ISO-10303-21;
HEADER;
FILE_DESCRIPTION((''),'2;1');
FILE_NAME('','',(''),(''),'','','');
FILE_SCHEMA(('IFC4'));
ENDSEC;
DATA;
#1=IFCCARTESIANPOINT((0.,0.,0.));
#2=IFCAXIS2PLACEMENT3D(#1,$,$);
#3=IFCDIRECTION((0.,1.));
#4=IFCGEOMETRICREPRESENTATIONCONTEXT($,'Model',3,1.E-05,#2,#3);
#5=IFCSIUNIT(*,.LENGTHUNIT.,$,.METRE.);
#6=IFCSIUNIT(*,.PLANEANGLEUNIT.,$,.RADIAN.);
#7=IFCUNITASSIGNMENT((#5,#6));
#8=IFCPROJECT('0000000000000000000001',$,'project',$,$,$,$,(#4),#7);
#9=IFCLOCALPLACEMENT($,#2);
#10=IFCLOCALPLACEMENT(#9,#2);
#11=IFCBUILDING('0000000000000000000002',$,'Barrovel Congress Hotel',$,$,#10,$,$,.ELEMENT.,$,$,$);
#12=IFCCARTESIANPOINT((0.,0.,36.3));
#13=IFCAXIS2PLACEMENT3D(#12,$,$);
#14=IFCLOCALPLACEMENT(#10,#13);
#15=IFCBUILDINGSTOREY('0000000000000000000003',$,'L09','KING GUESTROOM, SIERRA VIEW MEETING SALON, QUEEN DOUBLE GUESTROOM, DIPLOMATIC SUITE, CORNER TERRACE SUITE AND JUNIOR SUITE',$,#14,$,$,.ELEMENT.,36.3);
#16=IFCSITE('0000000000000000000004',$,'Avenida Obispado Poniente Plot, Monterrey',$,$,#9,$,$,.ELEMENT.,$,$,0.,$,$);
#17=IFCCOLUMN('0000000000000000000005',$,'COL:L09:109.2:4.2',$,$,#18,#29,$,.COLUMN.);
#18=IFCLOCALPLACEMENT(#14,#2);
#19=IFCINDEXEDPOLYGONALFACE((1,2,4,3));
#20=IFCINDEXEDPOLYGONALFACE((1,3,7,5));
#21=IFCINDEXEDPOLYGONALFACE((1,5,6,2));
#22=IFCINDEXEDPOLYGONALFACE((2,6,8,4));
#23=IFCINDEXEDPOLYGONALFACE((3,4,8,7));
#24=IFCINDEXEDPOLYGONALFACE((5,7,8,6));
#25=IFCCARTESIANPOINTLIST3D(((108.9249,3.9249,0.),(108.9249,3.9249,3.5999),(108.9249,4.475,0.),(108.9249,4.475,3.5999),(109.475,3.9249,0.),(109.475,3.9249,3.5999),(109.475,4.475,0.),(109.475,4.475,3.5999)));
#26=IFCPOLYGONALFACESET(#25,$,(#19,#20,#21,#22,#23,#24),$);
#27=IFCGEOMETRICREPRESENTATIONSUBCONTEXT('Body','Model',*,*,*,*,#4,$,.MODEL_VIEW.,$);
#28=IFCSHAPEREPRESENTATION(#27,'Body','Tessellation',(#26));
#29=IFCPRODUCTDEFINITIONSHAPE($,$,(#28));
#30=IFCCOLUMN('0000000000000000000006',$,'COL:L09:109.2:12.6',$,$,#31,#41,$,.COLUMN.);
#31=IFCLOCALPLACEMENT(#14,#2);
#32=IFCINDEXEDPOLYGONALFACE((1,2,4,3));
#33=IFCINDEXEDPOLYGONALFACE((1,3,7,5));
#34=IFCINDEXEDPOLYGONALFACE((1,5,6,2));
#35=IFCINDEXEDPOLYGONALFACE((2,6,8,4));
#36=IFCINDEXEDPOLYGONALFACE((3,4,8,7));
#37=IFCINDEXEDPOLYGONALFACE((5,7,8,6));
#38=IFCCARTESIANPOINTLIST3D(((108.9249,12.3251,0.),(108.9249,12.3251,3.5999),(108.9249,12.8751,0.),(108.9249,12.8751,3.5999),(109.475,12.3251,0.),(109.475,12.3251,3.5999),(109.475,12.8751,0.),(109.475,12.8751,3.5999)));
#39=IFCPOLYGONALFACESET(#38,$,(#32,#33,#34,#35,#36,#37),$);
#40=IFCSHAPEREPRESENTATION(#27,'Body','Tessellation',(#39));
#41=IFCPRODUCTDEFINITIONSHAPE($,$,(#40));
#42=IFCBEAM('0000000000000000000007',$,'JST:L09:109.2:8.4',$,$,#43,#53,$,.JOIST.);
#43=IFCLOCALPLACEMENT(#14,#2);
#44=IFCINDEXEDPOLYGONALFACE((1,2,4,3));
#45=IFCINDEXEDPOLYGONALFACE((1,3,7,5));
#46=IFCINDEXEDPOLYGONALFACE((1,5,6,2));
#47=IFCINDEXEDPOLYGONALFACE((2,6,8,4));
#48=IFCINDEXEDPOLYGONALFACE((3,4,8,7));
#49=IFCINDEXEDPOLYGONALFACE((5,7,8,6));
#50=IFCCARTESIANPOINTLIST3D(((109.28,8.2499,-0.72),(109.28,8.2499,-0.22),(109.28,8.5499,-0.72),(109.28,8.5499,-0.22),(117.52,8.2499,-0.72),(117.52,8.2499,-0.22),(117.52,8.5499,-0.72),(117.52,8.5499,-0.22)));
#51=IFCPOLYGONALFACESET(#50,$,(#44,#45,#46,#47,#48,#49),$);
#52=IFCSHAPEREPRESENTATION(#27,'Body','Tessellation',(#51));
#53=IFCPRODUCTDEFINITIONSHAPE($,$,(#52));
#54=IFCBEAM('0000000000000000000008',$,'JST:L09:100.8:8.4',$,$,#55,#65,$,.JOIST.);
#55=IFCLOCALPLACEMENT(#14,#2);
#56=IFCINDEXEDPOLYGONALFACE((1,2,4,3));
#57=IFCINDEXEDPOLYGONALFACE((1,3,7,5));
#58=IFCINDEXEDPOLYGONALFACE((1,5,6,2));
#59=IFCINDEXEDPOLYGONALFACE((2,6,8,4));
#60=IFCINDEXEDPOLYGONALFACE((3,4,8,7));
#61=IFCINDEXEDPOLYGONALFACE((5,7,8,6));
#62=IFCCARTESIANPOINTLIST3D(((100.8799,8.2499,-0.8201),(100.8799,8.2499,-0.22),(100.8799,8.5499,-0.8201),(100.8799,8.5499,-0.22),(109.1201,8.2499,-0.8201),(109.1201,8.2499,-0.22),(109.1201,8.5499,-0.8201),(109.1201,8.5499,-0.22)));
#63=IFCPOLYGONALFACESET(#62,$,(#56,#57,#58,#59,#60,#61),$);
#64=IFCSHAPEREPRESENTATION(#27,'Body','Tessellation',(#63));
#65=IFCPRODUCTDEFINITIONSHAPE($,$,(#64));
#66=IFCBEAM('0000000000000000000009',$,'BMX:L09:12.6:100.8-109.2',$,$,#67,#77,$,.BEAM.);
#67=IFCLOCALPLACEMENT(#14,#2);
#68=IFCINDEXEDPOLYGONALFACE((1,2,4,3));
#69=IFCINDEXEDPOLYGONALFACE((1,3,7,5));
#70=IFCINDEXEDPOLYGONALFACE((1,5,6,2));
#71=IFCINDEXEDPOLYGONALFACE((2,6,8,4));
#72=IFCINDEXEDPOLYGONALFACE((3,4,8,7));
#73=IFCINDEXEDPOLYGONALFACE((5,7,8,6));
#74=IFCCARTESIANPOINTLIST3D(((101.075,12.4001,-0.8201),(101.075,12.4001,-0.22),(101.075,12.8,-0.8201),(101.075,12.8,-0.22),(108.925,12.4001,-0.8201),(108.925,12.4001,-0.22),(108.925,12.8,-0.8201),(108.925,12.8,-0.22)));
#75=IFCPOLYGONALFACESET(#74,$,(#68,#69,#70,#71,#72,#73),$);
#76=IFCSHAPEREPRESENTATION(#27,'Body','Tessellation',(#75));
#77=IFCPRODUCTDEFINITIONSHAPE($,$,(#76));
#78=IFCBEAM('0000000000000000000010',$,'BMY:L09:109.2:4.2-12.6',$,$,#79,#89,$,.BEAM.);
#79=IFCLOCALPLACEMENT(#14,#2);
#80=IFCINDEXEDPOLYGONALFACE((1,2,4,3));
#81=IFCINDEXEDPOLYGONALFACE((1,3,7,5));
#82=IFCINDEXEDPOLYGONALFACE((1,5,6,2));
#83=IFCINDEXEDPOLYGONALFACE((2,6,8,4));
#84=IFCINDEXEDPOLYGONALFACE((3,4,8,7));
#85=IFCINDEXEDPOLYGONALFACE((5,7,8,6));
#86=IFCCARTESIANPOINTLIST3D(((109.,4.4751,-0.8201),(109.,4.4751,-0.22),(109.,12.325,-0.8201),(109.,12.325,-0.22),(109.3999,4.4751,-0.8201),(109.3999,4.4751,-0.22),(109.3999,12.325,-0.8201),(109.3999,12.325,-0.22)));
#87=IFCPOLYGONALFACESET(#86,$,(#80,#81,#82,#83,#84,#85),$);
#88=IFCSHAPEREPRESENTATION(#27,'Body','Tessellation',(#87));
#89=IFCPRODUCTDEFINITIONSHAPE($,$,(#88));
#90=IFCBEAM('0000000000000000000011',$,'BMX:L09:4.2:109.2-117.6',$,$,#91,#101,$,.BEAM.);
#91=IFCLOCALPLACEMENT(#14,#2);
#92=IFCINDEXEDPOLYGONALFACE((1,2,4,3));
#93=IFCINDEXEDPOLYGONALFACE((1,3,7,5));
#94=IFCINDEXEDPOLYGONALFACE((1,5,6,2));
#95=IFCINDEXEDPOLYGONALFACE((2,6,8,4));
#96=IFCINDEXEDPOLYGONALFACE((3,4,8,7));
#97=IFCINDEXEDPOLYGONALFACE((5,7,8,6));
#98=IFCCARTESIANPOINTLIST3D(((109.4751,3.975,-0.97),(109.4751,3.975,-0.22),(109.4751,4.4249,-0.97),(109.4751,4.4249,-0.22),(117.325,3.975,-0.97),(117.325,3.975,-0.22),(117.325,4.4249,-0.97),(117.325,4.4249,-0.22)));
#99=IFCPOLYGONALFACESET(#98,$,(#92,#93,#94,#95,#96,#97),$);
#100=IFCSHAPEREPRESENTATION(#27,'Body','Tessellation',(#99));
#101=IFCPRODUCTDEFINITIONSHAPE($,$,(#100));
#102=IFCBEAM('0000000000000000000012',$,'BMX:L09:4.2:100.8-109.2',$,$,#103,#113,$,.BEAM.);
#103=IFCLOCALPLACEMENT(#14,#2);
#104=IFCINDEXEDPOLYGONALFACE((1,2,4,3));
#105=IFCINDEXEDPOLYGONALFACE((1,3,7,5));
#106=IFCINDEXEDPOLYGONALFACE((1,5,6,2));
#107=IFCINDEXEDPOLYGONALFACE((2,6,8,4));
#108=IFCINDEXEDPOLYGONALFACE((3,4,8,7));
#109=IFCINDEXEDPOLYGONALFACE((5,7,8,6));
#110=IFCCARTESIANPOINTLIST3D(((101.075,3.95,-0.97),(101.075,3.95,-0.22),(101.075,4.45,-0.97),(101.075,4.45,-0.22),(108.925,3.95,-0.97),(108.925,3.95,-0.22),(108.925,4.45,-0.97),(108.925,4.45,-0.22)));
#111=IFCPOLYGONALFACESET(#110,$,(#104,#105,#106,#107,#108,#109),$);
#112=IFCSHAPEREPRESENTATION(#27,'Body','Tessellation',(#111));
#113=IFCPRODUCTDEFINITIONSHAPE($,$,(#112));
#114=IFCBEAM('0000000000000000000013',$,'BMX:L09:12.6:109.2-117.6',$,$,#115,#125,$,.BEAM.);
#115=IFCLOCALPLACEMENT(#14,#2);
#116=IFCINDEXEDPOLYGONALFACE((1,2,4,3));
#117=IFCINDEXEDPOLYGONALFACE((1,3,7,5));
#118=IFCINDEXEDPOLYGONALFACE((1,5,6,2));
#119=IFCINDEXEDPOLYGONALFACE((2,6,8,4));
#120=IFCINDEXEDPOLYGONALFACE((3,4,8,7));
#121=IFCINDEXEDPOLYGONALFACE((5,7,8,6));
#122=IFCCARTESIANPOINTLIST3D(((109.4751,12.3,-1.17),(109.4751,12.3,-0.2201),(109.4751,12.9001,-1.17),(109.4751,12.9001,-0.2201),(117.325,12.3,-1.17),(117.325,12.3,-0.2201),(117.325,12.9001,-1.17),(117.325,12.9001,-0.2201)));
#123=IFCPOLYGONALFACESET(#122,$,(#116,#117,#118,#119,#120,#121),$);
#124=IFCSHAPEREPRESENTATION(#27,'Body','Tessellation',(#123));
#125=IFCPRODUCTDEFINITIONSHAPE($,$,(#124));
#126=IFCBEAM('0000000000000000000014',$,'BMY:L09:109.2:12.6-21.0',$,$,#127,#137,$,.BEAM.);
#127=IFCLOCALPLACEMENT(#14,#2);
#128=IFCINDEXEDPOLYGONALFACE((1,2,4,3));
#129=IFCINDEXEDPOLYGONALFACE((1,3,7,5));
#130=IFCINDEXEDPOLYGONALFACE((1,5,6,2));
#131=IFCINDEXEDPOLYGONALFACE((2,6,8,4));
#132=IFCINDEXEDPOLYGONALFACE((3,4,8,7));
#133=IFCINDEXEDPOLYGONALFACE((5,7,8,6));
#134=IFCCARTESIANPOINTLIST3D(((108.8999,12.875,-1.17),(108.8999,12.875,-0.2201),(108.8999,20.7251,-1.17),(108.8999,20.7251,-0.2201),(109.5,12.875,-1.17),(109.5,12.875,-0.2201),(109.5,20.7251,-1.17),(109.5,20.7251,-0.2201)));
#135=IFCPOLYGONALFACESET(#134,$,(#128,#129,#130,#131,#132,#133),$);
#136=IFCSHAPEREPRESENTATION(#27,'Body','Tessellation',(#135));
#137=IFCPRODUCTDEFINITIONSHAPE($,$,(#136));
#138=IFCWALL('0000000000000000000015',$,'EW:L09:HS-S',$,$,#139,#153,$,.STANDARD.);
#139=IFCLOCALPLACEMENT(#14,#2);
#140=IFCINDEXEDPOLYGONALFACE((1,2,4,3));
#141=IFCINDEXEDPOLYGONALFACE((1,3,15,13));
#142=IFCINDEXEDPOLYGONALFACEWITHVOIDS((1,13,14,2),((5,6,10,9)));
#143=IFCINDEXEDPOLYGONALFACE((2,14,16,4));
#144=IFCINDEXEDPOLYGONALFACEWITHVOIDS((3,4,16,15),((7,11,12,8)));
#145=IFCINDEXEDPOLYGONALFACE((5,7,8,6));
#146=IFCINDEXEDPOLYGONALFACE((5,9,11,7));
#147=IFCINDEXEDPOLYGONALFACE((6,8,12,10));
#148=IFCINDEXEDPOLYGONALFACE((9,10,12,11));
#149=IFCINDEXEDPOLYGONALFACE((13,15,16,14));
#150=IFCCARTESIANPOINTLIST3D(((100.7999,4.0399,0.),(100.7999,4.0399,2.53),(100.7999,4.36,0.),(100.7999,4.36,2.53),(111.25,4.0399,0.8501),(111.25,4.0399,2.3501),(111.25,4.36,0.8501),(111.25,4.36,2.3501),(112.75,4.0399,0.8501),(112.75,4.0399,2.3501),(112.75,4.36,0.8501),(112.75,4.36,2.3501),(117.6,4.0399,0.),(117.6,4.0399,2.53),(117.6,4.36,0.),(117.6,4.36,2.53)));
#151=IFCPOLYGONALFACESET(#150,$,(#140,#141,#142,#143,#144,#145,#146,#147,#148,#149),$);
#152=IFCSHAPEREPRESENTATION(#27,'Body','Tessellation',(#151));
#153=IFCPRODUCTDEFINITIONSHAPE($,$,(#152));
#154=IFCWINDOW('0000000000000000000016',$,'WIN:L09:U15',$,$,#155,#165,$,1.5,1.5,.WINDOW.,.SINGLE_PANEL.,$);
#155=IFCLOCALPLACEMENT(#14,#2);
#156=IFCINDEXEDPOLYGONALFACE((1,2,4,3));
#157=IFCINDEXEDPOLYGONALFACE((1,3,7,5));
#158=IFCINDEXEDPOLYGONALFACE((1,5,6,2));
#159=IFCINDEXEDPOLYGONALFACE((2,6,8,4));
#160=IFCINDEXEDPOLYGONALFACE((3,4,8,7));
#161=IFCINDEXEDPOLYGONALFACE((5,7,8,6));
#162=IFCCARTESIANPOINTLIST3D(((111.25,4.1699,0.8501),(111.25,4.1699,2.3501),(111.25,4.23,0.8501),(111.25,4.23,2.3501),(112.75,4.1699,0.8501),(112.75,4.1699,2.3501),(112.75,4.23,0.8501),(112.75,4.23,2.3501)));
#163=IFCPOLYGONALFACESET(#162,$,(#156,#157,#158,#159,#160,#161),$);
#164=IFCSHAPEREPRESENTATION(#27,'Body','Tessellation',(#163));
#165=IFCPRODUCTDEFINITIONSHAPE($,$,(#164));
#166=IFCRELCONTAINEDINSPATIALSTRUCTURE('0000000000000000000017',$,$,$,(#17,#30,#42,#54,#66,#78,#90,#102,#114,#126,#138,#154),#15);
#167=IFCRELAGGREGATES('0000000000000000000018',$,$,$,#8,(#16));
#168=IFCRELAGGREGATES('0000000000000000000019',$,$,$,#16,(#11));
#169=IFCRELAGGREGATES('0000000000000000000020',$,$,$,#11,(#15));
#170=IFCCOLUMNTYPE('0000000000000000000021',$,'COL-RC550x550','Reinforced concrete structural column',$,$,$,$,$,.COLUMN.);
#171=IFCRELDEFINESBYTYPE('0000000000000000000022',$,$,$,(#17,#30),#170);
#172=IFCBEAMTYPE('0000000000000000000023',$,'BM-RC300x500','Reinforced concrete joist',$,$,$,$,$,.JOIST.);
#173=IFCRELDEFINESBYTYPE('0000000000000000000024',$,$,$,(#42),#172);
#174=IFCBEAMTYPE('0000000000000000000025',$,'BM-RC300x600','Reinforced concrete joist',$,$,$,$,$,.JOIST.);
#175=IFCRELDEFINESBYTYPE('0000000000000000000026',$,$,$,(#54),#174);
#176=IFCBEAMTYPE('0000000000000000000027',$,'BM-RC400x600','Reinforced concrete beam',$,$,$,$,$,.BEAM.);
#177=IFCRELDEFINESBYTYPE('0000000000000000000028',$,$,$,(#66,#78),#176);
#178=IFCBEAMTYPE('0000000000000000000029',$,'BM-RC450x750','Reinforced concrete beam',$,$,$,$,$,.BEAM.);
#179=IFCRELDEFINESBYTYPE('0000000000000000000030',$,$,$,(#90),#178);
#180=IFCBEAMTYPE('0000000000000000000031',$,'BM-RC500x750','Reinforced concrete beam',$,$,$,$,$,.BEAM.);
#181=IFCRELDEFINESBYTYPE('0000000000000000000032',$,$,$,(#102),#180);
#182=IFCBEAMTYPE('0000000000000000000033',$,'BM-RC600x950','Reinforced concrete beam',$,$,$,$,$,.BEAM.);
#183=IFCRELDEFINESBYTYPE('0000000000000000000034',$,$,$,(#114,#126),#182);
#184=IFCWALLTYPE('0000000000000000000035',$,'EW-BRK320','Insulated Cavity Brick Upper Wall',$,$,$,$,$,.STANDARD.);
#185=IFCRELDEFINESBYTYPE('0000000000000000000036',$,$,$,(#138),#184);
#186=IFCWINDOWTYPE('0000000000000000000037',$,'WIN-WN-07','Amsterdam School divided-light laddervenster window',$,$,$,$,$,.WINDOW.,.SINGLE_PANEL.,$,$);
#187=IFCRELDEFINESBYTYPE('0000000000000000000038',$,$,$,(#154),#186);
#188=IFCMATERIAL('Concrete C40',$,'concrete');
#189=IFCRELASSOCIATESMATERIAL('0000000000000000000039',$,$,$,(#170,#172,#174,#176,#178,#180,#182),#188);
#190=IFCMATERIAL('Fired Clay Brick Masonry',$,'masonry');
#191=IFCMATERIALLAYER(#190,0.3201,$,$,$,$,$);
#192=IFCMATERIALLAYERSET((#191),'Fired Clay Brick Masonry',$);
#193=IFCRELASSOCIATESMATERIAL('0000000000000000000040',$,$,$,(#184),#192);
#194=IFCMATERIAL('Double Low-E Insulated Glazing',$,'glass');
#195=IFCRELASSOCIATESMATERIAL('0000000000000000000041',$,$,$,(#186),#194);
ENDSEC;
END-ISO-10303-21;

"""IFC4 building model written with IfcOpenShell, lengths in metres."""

from ifc_helpers import new_model, si_unit, direction, frame, frame_2d, origin, origin_2d, place, context, subcontext, project, spatial, rectangle, extrude, material, layer, layer_set, material_profile, profile_set, type_object, element, fill, save


model = new_model("IFC4")

# Units and contexts
model_context = context("Model", 3, precision=1e-05, world=origin(), true_north=direction((0.0, 1.0)))
body_context = subcontext(model_context, "Body", "Model", "MODEL_VIEW")
ifc_project = project(units=[si_unit("LENGTHUNIT", "METRE"), si_unit("PLANEANGLEUNIT", "RADIAN")], contexts=[model_context])

# Site, building, storey
site_placement = place(None, origin())
site = spatial("IfcSite", under=ifc_project, at=site_placement, Name="Avenida Obispado Poniente Plot, Monterrey", CompositionType="ELEMENT", RefElevation=0.0)
building_placement = place(site_placement, origin())
building = spatial("IfcBuilding", under=site, at=building_placement, Name="Barrovel Congress Hotel", CompositionType="ELEMENT")
storey_placement = place(building_placement, frame((0.0, 0.0, 36.3)))
storey = spatial("IfcBuildingStorey", under=building, at=storey_placement, Name="L09", Description="KING GUESTROOM, SIERRA VIEW MEETING SALON, QUEEN DOUBLE GUESTROOM, DIPLOMATIC SUITE, CORNER TERRACE SUITE AND JUNIOR SUITE", CompositionType="ELEMENT", Elevation=36.3)

# Columns
ifc_material_1 = material(Name="Concrete C40", Category="concrete")
ifc_material_profile_1 = material_profile(ifc_material_1, rectangle(XDim=0.55, YDim=0.55, at=origin_2d()), Name="RC550x550")
ifc_profile_set_1 = profile_set([ifc_material_profile_1], Name="Concrete C40")
column_type = type_object("IfcColumnType", Name="COL-RC550x550", Description="Reinforced concrete structural column", PredefinedType="COLUMN", material=ifc_profile_set_1)
for number, where, z_axis, x_axis, name in (
    (1, (109.2, 4.2, 0.0), (0.0, 0.0, 1.0), (1.0, 0.0, 0.0), "COL:L09:109.2:4.2"),
    (2, (109.2, 12.6001, 0.0), (0.0, 0.0, 1.0), (1.0, 0.0, 0.0), "COL:L09:109.2:12.6"),
):
    element("IfcColumn", number, at=place(storey_placement, frame(where, z_axis=z_axis, x_axis=x_axis)), inside=storey, type_object=column_type, Name=name, PredefinedType="COLUMN", context=body_context, shape_type="SweptSolid", body=[
        extrude(rectangle(XDim=0.55, YDim=0.55, at=origin_2d()), origin(), (0.0, 0.0, 1.0), 3.5999),
    ])

# Beams
ifc_material_profile_2 = material_profile(ifc_material_1, rectangle(XDim=0.3, YDim=0.5, at=origin_2d()), Name="RC300x500")
ifc_profile_set_2 = profile_set([ifc_material_profile_2], Name="Concrete C40")
beam_type_1 = type_object("IfcBeamType", Name="BM-RC300x500", Description="Reinforced concrete joist", PredefinedType="JOIST", material=ifc_profile_set_2)
beam_1_placement = place(storey_placement, frame((109.28, 8.3999, -0.47), z_axis=(1.0, 0.0, 0.0), x_axis=(0.0, 1.0, 0.0)))
element("IfcBeam", 3, at=beam_1_placement, inside=storey, type_object=beam_type_1, Name="JST:L09:109.2:8.4", PredefinedType="JOIST", context=body_context, shape_type="SweptSolid", body=[
    extrude(rectangle(XDim=0.3, YDim=0.5, at=origin_2d()), origin(), (0.0, 0.0, 1.0), 8.24),
])
ifc_material_profile_3 = material_profile(ifc_material_1, rectangle(XDim=0.3, YDim=0.6001, at=origin_2d()), Name="RC300x600")
ifc_profile_set_3 = profile_set([ifc_material_profile_3], Name="Concrete C40")
beam_type_2 = type_object("IfcBeamType", Name="BM-RC300x600", Description="Reinforced concrete joist", PredefinedType="JOIST", material=ifc_profile_set_3)
beam_2_placement = place(storey_placement, frame((100.8799, 8.3999, -0.52), z_axis=(1.0, 0.0, 0.0), x_axis=(0.0, 1.0, 0.0)))
element("IfcBeam", 4, at=beam_2_placement, inside=storey, type_object=beam_type_2, Name="JST:L09:100.8:8.4", PredefinedType="JOIST", context=body_context, shape_type="SweptSolid", body=[
    extrude(rectangle(XDim=0.3, YDim=0.6001, at=origin_2d()), origin(), (0.0, 0.0, 1.0), 8.2402),
])
ifc_material_profile_4 = material_profile(ifc_material_1, rectangle(XDim=0.3999, YDim=0.6001, at=origin_2d()), Name="RC400x600")
ifc_profile_set_4 = profile_set([ifc_material_profile_4], Name="Concrete C40")
beam_type_3 = type_object("IfcBeamType", Name="BM-RC400x600", Description="Reinforced concrete beam", PredefinedType="BEAM", material=ifc_profile_set_4)
beam_3_placement = place(storey_placement, frame((101.075, 12.6001, -0.52), z_axis=(1.0, 0.0, 0.0), x_axis=(0.0, 1.0, 0.0)))
element("IfcBeam", 5, at=beam_3_placement, inside=storey, type_object=beam_type_3, Name="BMX:L09:12.6:100.8-109.2", PredefinedType="BEAM", context=body_context, shape_type="SweptSolid", body=[
    extrude(rectangle(XDim=0.3999, YDim=0.6001, at=origin_2d()), origin(), (0.0, 0.0, 1.0), 7.8501),
])
beam_4_placement = place(storey_placement, frame((109.2, 4.4751, -0.52), z_axis=(0.0, 1.0, 0.0), x_axis=(-1.0, 0.0, 0.0)))
element("IfcBeam", 6, at=beam_4_placement, inside=storey, type_object=beam_type_3, Name="BMY:L09:109.2:4.2-12.6", PredefinedType="BEAM", context=body_context, shape_type="SweptSolid", body=[
    extrude(rectangle(XDim=0.3999, YDim=0.6001, at=origin_2d()), origin(), (0.0, 0.0, 1.0), 7.8499),
])
ifc_material_profile_5 = material_profile(ifc_material_1, rectangle(XDim=0.45, YDim=0.75, at=origin_2d()), Name="RC450x750")
ifc_profile_set_5 = profile_set([ifc_material_profile_5], Name="Concrete C40")
beam_type_4 = type_object("IfcBeamType", Name="BM-RC450x750", Description="Reinforced concrete beam", PredefinedType="BEAM", material=ifc_profile_set_5)
beam_5_placement = place(storey_placement, frame((109.4751, 4.2, -0.595), z_axis=(1.0, 0.0, 0.0), x_axis=(0.0, 1.0, 0.0)))
element("IfcBeam", 7, at=beam_5_placement, inside=storey, type_object=beam_type_4, Name="BMX:L09:4.2:109.2-117.6", PredefinedType="BEAM", context=body_context, shape_type="SweptSolid", body=[
    extrude(rectangle(XDim=0.45, YDim=0.75, at=origin_2d()), origin(), (0.0, 0.0, 1.0), 7.8499),
])
ifc_material_profile_6 = material_profile(ifc_material_1, rectangle(XDim=0.5, YDim=0.75, at=origin_2d()), Name="RC500x750")
ifc_profile_set_6 = profile_set([ifc_material_profile_6], Name="Concrete C40")
beam_type_5 = type_object("IfcBeamType", Name="BM-RC500x750", Description="Reinforced concrete beam", PredefinedType="BEAM", material=ifc_profile_set_6)
beam_6_placement = place(storey_placement, frame((101.075, 4.2, -0.595), z_axis=(1.0, 0.0, 0.0), x_axis=(0.0, 1.0, 0.0)))
element("IfcBeam", 8, at=beam_6_placement, inside=storey, type_object=beam_type_5, Name="BMX:L09:4.2:100.8-109.2", PredefinedType="BEAM", context=body_context, shape_type="SweptSolid", body=[
    extrude(rectangle(XDim=0.5, YDim=0.75, at=origin_2d()), origin(), (0.0, 0.0, 1.0), 7.8501),
])
ifc_material_profile_7 = material_profile(ifc_material_1, rectangle(XDim=0.6001, YDim=0.95, at=origin_2d()), Name="RC600x950")
ifc_profile_set_7 = profile_set([ifc_material_profile_7], Name="Concrete C40")
beam_type_6 = type_object("IfcBeamType", Name="BM-RC600x950", Description="Reinforced concrete beam", PredefinedType="BEAM", material=ifc_profile_set_7)
beam_7_placement = place(storey_placement, frame((109.4751, 12.6001, -0.6951), z_axis=(1.0, 0.0, 0.0), x_axis=(0.0, 1.0, 0.0)))
element("IfcBeam", 9, at=beam_7_placement, inside=storey, type_object=beam_type_6, Name="BMX:L09:12.6:109.2-117.6", PredefinedType="BEAM", context=body_context, shape_type="SweptSolid", body=[
    extrude(rectangle(XDim=0.6001, YDim=0.95, at=origin_2d()), origin(), (0.0, 0.0, 1.0), 7.8499),
])
beam_8_placement = place(storey_placement, frame((109.2, 12.875, -0.6951), z_axis=(0.0, 1.0, 0.0), x_axis=(-1.0, 0.0, 0.0)))
element("IfcBeam", 10, at=beam_8_placement, inside=storey, type_object=beam_type_6, Name="BMY:L09:109.2:12.6-21.0", PredefinedType="BEAM", context=body_context, shape_type="SweptSolid", body=[
    extrude(rectangle(XDim=0.6001, YDim=0.95, at=origin_2d()), origin(), (0.0, 0.0, 1.0), 7.8501),
])

# Wall, opening, window
ifc_material_2 = material(Name="Fired Clay Brick Masonry", Category="masonry")
ifc_layer_1 = layer(ifc_material_2, 0.3201)
ifc_layer_set_1 = layer_set([ifc_layer_1], Name="Fired Clay Brick Masonry")
wall_type_1 = type_object("IfcWallType", Name="EW-BRK320", Description="Insulated Cavity Brick Upper Wall", PredefinedType="STANDARD", material=ifc_layer_set_1)
wall_1_placement = place(storey_placement, frame((100.8, 4.2, 0.0), z_axis=(0.0, 0.0, 1.0), x_axis=(1.0, 0.0, 0.0)))
wall_1 = element("IfcWall", 11, at=wall_1_placement, inside=storey, type_object=wall_type_1, Name="EW:L09:HS-S", PredefinedType="STANDARD", context=body_context, shape_type="SweptSolid", body=[
    extrude(rectangle(XDim=16.8, YDim=0.3201, at=frame_2d((8.3999, 0.0))), origin(), (0.0, 0.0, 1.0), 2.53),
])
opening_1_placement = place(wall_1_placement, frame((10.45, 0.0, 0.8501)))
opening_1 = element("IfcOpeningElement", 12, at=opening_1_placement, cuts=wall_1, PredefinedType="OPENING", context=body_context, shape_type="SweptSolid", body=[
    extrude(rectangle(XDim=1.5, YDim=1.5, at=frame_2d((0.75, 0.75))), frame((0.0, 0.1699, 0.0), z_axis=(0.0, -1.0, 0.0), x_axis=(1.0, 0.0, 0.0)), (0.0, 0.0, 1.0), 0.3401),
])
ifc_material_3 = material(Name="Double Low-E Insulated Glazing", Category="glass")
window_type = type_object("IfcWindowType", Name="WIN-WN-07", Description="Amsterdam School divided-light laddervenster window", PartitioningType="SINGLE_PANEL", PredefinedType="WINDOW", material=ifc_material_3)
window_placement = place(opening_1_placement, origin())
window = element("IfcWindow", 13, at=window_placement, inside=storey, type_object=window_type, Name="WIN:L09:U15", OverallHeight=1.5, OverallWidth=1.5, PartitioningType="SINGLE_PANEL", PredefinedType="WINDOW", context=body_context, shape_type="SweptSolid", body=[
    extrude(rectangle(XDim=1.5, YDim=1.5, at=frame_2d((0.75, 0.75))), frame((0.0, 0.03, 0.0), z_axis=(0.0, -1.0, 0.0), x_axis=(1.0, 0.0, 0.0)), (0.0, 0.0, 1.0), 0.0601),
])
fill(opening_1, window)

save(model, "model.ifc")
